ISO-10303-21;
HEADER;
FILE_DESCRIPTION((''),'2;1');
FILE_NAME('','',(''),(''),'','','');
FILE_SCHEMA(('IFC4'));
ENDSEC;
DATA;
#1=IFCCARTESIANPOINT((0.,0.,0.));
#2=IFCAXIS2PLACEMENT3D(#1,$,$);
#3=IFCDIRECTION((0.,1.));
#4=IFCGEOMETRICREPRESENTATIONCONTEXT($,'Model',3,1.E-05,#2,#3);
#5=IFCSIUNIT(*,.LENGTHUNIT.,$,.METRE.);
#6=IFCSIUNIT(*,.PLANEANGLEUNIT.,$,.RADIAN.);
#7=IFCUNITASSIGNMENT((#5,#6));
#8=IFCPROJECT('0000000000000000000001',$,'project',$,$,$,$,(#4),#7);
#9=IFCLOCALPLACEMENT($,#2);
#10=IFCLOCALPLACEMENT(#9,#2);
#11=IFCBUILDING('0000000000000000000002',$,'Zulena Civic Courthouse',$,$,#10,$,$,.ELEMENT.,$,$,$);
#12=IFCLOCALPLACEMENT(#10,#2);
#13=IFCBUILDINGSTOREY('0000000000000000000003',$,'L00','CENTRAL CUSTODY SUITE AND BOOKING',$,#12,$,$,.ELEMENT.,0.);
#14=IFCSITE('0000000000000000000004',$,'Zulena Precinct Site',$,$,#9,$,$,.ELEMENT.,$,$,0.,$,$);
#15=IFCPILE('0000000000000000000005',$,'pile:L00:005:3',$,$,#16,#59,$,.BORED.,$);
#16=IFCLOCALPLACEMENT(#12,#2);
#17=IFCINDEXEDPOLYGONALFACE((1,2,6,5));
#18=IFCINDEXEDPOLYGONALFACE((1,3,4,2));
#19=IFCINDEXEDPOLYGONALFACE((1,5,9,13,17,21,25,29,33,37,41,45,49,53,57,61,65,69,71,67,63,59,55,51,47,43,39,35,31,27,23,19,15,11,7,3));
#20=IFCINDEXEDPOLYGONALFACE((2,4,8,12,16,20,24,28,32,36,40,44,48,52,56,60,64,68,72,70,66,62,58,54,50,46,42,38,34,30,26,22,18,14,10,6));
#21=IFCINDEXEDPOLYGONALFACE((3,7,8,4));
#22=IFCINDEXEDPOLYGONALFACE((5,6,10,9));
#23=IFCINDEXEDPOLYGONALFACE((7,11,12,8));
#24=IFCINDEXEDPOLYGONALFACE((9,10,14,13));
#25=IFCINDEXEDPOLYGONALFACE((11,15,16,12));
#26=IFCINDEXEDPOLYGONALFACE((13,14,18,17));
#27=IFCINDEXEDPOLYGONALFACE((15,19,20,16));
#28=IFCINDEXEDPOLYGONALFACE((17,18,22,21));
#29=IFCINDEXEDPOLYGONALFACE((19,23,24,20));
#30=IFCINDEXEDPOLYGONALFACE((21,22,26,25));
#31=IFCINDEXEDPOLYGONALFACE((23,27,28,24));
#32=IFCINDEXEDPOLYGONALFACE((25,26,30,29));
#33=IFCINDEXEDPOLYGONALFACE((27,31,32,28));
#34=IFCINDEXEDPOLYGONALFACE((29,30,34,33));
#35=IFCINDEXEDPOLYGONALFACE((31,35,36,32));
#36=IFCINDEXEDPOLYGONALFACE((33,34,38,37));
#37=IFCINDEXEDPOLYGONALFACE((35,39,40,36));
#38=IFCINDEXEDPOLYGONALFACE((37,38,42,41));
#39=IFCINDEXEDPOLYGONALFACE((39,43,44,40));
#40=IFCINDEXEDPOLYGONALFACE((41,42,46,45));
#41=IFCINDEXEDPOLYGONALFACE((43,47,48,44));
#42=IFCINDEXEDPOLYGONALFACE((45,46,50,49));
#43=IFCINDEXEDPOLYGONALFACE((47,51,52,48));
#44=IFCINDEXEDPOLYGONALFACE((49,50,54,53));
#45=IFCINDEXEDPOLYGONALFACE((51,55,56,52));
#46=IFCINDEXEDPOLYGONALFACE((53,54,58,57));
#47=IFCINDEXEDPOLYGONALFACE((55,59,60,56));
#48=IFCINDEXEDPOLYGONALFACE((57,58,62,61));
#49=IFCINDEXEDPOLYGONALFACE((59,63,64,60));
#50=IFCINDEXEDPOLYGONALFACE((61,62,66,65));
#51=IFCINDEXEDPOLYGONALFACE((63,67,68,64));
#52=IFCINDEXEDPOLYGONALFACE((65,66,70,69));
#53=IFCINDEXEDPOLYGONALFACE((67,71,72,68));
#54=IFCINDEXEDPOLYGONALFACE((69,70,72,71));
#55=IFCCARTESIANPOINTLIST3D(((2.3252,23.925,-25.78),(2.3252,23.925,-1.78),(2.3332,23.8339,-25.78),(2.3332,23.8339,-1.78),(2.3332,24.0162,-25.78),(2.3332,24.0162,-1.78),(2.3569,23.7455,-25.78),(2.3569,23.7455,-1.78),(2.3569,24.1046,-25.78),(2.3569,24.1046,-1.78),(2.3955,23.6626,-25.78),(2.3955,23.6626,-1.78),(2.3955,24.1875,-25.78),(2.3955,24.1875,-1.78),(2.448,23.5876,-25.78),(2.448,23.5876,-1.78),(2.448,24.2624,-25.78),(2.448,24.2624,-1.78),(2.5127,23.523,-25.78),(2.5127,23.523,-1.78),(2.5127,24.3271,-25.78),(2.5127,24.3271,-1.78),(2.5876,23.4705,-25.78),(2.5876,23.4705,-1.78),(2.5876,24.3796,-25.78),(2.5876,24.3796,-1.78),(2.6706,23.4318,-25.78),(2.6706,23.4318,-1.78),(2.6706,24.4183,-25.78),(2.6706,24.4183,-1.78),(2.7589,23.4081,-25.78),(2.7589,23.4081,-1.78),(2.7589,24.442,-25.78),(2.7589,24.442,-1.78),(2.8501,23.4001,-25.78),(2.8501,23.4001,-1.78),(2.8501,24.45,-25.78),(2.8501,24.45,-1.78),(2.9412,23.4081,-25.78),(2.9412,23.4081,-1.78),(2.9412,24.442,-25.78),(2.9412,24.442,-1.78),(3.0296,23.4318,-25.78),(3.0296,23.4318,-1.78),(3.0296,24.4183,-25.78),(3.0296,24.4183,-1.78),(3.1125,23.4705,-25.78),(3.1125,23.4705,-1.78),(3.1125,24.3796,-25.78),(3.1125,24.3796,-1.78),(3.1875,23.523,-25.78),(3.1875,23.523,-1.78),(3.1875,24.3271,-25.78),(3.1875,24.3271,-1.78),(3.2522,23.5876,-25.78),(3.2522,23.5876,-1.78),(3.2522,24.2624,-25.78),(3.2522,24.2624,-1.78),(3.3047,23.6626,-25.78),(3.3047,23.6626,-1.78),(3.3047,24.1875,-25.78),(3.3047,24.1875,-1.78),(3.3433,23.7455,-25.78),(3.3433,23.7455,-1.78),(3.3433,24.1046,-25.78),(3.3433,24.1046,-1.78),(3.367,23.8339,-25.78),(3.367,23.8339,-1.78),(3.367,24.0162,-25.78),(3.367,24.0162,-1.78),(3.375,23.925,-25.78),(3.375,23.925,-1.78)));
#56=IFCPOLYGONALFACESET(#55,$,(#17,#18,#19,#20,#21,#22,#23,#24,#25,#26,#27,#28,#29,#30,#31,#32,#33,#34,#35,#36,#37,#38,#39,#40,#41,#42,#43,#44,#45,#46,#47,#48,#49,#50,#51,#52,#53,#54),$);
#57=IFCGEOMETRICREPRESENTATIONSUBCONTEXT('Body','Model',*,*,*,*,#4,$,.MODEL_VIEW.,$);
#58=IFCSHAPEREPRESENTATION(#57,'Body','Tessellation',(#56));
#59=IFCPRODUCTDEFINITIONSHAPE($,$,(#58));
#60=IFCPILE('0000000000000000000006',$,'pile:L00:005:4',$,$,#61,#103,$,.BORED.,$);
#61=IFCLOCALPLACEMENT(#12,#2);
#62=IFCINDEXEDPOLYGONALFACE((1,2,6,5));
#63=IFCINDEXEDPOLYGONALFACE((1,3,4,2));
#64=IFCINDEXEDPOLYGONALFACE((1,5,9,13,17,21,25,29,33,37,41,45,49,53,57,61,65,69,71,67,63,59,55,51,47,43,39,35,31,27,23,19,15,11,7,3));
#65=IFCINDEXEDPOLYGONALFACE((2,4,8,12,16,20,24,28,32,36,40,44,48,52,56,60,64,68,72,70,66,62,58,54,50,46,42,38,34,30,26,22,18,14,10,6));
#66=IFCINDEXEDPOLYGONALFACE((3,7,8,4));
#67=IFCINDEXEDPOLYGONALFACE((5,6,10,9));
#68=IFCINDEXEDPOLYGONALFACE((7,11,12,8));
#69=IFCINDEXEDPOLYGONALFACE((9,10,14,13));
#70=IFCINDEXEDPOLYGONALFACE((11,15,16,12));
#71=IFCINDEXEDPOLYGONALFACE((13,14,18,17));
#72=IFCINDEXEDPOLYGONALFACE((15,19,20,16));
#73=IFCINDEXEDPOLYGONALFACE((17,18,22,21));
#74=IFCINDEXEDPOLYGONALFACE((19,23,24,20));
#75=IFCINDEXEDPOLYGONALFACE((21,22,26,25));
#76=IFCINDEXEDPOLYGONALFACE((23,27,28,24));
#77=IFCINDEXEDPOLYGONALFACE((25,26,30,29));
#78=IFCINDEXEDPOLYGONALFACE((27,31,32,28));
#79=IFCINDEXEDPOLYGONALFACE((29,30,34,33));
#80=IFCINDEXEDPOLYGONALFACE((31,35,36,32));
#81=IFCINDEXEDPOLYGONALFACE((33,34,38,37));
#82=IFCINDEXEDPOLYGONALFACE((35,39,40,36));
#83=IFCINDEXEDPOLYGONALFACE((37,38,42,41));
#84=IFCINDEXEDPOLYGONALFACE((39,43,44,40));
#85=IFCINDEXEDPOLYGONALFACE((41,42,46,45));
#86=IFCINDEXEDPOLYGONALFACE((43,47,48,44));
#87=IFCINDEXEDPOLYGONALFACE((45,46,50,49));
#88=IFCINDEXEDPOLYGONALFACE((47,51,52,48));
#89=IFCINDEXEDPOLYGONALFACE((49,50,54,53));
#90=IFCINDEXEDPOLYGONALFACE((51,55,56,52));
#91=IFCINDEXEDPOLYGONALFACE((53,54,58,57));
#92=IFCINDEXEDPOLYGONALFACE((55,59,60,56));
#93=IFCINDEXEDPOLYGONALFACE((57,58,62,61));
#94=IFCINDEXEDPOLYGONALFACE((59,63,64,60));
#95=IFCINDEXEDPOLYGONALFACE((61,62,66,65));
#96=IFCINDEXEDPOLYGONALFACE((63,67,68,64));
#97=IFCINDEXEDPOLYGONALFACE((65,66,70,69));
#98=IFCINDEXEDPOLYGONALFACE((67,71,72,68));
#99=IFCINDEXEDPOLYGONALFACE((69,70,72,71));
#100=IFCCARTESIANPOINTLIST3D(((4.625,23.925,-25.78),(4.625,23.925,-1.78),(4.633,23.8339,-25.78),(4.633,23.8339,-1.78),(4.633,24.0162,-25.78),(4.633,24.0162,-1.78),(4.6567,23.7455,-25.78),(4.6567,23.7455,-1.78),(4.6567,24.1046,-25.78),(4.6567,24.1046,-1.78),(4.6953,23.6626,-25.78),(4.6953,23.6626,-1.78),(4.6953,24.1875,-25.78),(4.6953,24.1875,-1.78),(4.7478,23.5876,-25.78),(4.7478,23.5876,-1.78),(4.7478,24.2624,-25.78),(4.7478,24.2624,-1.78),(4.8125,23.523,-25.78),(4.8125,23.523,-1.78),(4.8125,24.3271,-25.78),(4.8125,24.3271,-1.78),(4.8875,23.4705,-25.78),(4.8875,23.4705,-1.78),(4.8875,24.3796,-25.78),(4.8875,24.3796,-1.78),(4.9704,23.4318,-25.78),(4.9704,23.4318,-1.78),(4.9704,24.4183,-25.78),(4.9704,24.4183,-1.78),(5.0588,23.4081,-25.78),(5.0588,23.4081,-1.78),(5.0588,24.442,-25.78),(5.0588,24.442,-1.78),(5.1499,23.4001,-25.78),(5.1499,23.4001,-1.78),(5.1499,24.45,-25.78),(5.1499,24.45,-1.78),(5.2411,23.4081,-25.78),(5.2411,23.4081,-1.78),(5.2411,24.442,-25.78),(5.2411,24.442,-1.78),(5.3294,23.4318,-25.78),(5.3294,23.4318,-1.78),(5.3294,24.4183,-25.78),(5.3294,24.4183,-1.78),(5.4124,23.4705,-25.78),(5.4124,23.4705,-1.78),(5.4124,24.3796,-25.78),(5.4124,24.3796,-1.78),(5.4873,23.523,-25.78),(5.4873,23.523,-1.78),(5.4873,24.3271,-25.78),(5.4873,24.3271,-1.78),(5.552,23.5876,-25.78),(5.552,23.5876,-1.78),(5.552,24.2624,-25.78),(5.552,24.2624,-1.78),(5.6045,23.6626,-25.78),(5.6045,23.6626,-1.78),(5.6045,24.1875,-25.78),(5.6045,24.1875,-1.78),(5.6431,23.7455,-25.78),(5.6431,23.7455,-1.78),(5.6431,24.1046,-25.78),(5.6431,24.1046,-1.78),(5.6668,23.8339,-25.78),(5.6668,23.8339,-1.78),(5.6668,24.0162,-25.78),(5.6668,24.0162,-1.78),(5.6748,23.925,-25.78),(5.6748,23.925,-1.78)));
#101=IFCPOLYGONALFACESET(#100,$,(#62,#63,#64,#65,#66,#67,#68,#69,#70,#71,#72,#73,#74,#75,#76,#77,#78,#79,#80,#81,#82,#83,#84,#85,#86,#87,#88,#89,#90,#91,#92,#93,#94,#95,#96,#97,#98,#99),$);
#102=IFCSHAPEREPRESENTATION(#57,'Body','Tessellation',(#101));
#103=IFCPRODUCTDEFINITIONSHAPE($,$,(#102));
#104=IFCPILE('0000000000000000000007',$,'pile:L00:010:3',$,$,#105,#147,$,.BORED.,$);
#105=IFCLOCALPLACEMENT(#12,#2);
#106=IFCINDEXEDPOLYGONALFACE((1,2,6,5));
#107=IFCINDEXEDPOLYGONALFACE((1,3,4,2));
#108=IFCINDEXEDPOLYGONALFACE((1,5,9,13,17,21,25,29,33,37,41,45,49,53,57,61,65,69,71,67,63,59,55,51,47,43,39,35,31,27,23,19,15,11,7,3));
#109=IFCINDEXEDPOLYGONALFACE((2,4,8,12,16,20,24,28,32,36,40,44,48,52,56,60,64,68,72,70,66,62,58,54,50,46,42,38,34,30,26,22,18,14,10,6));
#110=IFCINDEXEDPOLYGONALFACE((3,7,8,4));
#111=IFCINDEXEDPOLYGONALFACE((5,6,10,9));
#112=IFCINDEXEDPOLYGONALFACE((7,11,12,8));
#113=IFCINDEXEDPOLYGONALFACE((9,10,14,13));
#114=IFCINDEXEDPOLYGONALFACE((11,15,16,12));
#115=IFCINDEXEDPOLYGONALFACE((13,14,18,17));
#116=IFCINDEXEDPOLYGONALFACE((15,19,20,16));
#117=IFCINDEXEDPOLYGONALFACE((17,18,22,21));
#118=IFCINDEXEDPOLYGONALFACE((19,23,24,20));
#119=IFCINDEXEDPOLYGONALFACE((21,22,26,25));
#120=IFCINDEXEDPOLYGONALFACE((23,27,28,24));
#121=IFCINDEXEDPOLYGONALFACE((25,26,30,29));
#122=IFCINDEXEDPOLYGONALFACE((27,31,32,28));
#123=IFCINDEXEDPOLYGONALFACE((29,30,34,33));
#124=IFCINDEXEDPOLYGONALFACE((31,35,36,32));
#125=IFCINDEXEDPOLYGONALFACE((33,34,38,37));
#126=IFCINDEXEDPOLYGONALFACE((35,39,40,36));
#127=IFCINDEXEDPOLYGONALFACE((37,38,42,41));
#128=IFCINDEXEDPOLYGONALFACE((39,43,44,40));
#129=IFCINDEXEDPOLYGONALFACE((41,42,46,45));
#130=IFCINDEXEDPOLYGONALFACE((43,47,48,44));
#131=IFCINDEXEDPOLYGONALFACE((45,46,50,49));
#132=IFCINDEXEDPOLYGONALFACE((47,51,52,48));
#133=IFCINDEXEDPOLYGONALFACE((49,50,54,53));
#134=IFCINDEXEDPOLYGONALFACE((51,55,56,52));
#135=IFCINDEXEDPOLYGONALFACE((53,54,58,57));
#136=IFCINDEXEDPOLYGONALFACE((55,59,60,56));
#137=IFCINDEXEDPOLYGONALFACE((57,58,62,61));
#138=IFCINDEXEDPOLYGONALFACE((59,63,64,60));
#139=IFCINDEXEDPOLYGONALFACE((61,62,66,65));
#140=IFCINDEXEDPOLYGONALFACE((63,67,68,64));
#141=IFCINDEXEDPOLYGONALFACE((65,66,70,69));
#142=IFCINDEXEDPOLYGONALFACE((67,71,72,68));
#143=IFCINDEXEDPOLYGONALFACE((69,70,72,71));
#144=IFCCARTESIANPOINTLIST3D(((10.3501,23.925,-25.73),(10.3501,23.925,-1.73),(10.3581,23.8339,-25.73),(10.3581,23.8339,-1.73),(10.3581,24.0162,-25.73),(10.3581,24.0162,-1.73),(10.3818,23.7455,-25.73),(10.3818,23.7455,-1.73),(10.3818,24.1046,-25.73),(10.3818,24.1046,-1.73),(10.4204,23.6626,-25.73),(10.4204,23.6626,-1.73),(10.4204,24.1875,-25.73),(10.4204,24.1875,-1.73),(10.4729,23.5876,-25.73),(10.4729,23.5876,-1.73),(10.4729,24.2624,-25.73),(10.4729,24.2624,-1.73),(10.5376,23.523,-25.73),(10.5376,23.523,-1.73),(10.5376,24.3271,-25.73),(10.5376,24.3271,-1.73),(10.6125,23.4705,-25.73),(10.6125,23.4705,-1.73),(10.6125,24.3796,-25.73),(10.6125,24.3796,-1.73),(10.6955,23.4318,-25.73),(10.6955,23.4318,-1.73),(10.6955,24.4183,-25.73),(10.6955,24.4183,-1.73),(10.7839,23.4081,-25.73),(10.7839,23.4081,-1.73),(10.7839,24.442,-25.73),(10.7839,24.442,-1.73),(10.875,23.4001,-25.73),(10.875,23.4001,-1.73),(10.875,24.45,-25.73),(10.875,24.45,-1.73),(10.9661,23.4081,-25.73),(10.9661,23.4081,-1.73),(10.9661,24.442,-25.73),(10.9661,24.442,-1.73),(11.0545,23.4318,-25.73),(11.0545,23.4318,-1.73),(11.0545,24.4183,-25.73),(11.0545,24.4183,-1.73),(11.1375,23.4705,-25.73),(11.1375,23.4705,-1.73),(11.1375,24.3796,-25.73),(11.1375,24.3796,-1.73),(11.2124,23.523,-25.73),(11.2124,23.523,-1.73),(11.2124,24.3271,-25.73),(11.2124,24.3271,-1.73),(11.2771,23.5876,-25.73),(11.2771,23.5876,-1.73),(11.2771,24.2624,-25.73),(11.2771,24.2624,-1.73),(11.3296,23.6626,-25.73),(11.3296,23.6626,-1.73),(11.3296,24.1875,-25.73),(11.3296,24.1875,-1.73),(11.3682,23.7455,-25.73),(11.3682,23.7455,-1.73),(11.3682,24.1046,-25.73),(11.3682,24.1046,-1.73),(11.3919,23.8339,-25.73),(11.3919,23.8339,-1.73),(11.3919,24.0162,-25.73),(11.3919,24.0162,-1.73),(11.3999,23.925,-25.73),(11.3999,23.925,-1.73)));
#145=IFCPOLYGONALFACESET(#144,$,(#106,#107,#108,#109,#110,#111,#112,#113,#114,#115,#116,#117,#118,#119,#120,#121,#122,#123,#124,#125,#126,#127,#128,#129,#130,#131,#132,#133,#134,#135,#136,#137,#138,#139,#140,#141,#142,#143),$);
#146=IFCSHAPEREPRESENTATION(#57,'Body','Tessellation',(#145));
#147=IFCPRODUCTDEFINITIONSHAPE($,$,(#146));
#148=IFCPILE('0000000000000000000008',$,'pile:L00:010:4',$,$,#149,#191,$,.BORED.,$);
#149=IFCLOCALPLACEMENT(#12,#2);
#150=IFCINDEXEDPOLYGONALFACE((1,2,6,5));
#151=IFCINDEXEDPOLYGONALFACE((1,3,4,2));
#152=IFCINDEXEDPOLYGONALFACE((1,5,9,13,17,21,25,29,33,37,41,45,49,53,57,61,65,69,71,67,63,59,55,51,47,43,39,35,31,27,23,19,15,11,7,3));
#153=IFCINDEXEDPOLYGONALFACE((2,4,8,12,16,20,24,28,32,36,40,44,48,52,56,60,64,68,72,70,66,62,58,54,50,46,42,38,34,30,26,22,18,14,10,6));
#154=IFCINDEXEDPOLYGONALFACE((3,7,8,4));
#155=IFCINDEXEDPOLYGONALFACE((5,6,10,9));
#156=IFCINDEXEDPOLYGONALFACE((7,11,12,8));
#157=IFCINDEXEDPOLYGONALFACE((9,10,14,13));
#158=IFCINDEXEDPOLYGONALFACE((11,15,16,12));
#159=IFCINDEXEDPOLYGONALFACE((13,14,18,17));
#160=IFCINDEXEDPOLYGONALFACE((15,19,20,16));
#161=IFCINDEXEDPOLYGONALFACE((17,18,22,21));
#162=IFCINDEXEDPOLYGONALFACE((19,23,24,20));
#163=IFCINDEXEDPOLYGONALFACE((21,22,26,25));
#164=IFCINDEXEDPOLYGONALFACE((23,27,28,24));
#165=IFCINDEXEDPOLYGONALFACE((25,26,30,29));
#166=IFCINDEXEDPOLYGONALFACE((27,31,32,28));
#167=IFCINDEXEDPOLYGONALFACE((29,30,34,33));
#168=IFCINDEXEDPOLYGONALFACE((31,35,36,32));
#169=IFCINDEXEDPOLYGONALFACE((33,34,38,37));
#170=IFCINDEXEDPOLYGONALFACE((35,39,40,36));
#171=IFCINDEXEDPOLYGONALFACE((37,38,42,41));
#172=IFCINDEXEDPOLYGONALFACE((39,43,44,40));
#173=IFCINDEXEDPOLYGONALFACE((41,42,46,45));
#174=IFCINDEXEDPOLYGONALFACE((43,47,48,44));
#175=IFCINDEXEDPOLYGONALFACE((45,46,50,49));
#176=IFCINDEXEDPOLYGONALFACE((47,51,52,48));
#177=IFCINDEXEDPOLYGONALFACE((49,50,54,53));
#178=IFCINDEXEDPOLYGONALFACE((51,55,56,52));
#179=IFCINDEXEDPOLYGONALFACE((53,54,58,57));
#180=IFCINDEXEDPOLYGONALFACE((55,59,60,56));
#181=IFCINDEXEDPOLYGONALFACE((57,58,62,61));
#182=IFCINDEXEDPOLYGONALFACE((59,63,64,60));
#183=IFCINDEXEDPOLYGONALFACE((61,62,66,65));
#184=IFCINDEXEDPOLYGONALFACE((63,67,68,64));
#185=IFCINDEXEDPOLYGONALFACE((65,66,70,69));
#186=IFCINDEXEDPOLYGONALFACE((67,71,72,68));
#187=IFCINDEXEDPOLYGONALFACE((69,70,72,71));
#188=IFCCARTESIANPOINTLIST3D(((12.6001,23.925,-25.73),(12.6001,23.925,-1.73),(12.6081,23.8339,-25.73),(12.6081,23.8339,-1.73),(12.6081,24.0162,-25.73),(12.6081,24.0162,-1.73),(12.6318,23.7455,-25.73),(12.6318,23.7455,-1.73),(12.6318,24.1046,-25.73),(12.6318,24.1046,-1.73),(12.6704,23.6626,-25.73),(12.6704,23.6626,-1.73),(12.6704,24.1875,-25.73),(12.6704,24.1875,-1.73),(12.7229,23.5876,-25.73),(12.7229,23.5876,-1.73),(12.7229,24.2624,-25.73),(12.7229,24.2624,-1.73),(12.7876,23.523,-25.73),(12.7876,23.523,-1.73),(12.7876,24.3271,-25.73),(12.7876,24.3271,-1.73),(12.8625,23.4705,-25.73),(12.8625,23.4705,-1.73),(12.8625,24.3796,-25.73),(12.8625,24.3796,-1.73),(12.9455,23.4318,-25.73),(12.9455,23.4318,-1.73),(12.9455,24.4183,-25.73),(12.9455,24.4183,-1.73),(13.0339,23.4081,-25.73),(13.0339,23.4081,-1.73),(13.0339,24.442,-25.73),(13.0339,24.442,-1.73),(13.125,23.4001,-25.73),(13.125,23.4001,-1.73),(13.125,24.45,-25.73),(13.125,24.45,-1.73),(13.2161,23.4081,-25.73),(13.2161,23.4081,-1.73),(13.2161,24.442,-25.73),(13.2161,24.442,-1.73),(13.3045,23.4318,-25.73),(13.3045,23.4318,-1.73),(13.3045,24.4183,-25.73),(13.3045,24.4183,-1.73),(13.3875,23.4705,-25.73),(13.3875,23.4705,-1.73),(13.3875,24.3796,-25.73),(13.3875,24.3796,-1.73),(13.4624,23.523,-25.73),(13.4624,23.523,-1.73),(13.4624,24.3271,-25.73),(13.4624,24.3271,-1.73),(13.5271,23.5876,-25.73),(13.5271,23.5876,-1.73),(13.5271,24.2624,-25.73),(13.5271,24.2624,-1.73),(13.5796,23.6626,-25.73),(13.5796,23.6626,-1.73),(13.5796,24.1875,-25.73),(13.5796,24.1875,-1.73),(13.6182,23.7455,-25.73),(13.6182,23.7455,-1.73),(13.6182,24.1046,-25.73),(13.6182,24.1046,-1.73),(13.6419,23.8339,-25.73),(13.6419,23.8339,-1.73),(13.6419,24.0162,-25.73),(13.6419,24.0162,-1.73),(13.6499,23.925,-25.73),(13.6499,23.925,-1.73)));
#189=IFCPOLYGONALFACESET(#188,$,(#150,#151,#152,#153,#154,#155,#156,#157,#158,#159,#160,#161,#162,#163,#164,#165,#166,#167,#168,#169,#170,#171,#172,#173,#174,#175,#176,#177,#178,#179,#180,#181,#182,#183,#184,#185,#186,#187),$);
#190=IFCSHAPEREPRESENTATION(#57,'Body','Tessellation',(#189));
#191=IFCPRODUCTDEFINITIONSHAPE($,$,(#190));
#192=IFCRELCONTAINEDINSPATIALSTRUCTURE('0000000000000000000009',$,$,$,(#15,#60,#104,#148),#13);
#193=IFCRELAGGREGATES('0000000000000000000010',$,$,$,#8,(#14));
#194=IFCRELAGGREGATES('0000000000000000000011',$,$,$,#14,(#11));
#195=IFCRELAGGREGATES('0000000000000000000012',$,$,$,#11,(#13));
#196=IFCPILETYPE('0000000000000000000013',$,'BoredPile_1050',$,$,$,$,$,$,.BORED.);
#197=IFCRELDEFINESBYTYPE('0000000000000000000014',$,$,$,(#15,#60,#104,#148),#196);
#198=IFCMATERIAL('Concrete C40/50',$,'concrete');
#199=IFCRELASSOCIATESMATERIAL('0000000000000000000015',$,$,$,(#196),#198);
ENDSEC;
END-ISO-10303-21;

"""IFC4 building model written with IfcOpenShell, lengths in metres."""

from ifc_helpers import new_model, si_unit, direction, frame, origin, origin_2d, place, context, subcontext, project, spatial, circle, extrude, material, material_profile, profile_set, type_object, element, save


model = new_model("IFC4")

# Units and contexts
model_context = context("Model", 3, precision=1e-05, world=origin(), true_north=direction((0.0, 1.0)))
body_context = subcontext(model_context, "Body", "Model", "MODEL_VIEW")
ifc_project = project(units=[si_unit("LENGTHUNIT", "METRE"), si_unit("PLANEANGLEUNIT", "RADIAN")], contexts=[model_context])

# Site, building, storey
site_placement = place(None, origin())
site = spatial("IfcSite", under=ifc_project, at=site_placement, Name="Zulena Precinct Site", CompositionType="ELEMENT", RefElevation=0.0)
building_placement = place(site_placement, origin())
building = spatial("IfcBuilding", under=site, at=building_placement, Name="Zulena Civic Courthouse", CompositionType="ELEMENT")
storey_placement = place(building_placement, origin())
storey = spatial("IfcBuildingStorey", under=building, at=storey_placement, Name="L00", Description="CENTRAL CUSTODY SUITE AND BOOKING", CompositionType="ELEMENT", Elevation=0.0)

# Piles
ifc_material_1 = material(Name="Concrete C40/50", Category="concrete")
ifc_material_profile_1 = material_profile(ifc_material_1, circle(Radius=0.5249, at=origin_2d()), Name="PILE1050")
ifc_profile_set_1 = profile_set([ifc_material_profile_1], Name="Concrete C40/50")
pile_type_1 = type_object("IfcPileType", Name="BoredPile_1050", PredefinedType="BORED", material=ifc_profile_set_1)
for number, where, z_axis, x_axis, name in (
    (1, (2.8501, 23.925, -1.78), (0.0, 0.0, -1.0), (1.0, 0.0, 0.0), "pile:L00:005:3"),
    (2, (5.1499, 23.925, -1.78), (0.0, 0.0, -1.0), (1.0, 0.0, 0.0), "pile:L00:005:4"),
    (3, (10.875, 23.925, -1.73), (0.0, 0.0, -1.0), (1.0, 0.0, 0.0), "pile:L00:010:3"),
    (4, (13.125, 23.925, -1.73), (0.0, 0.0, -1.0), (1.0, 0.0, 0.0), "pile:L00:010:4"),
):
    element("IfcPile", number, at=place(storey_placement, frame(where, z_axis=z_axis, x_axis=x_axis)), inside=storey, type_object=pile_type_1, Name=name, PredefinedType="BORED", context=body_context, shape_type="SweptSolid", body=[
        extrude(circle(Radius=0.5249, at=origin_2d()), origin(), (0.0, 0.0, 1.0), 24.0),
    ])

save(model, "model.ifc")
